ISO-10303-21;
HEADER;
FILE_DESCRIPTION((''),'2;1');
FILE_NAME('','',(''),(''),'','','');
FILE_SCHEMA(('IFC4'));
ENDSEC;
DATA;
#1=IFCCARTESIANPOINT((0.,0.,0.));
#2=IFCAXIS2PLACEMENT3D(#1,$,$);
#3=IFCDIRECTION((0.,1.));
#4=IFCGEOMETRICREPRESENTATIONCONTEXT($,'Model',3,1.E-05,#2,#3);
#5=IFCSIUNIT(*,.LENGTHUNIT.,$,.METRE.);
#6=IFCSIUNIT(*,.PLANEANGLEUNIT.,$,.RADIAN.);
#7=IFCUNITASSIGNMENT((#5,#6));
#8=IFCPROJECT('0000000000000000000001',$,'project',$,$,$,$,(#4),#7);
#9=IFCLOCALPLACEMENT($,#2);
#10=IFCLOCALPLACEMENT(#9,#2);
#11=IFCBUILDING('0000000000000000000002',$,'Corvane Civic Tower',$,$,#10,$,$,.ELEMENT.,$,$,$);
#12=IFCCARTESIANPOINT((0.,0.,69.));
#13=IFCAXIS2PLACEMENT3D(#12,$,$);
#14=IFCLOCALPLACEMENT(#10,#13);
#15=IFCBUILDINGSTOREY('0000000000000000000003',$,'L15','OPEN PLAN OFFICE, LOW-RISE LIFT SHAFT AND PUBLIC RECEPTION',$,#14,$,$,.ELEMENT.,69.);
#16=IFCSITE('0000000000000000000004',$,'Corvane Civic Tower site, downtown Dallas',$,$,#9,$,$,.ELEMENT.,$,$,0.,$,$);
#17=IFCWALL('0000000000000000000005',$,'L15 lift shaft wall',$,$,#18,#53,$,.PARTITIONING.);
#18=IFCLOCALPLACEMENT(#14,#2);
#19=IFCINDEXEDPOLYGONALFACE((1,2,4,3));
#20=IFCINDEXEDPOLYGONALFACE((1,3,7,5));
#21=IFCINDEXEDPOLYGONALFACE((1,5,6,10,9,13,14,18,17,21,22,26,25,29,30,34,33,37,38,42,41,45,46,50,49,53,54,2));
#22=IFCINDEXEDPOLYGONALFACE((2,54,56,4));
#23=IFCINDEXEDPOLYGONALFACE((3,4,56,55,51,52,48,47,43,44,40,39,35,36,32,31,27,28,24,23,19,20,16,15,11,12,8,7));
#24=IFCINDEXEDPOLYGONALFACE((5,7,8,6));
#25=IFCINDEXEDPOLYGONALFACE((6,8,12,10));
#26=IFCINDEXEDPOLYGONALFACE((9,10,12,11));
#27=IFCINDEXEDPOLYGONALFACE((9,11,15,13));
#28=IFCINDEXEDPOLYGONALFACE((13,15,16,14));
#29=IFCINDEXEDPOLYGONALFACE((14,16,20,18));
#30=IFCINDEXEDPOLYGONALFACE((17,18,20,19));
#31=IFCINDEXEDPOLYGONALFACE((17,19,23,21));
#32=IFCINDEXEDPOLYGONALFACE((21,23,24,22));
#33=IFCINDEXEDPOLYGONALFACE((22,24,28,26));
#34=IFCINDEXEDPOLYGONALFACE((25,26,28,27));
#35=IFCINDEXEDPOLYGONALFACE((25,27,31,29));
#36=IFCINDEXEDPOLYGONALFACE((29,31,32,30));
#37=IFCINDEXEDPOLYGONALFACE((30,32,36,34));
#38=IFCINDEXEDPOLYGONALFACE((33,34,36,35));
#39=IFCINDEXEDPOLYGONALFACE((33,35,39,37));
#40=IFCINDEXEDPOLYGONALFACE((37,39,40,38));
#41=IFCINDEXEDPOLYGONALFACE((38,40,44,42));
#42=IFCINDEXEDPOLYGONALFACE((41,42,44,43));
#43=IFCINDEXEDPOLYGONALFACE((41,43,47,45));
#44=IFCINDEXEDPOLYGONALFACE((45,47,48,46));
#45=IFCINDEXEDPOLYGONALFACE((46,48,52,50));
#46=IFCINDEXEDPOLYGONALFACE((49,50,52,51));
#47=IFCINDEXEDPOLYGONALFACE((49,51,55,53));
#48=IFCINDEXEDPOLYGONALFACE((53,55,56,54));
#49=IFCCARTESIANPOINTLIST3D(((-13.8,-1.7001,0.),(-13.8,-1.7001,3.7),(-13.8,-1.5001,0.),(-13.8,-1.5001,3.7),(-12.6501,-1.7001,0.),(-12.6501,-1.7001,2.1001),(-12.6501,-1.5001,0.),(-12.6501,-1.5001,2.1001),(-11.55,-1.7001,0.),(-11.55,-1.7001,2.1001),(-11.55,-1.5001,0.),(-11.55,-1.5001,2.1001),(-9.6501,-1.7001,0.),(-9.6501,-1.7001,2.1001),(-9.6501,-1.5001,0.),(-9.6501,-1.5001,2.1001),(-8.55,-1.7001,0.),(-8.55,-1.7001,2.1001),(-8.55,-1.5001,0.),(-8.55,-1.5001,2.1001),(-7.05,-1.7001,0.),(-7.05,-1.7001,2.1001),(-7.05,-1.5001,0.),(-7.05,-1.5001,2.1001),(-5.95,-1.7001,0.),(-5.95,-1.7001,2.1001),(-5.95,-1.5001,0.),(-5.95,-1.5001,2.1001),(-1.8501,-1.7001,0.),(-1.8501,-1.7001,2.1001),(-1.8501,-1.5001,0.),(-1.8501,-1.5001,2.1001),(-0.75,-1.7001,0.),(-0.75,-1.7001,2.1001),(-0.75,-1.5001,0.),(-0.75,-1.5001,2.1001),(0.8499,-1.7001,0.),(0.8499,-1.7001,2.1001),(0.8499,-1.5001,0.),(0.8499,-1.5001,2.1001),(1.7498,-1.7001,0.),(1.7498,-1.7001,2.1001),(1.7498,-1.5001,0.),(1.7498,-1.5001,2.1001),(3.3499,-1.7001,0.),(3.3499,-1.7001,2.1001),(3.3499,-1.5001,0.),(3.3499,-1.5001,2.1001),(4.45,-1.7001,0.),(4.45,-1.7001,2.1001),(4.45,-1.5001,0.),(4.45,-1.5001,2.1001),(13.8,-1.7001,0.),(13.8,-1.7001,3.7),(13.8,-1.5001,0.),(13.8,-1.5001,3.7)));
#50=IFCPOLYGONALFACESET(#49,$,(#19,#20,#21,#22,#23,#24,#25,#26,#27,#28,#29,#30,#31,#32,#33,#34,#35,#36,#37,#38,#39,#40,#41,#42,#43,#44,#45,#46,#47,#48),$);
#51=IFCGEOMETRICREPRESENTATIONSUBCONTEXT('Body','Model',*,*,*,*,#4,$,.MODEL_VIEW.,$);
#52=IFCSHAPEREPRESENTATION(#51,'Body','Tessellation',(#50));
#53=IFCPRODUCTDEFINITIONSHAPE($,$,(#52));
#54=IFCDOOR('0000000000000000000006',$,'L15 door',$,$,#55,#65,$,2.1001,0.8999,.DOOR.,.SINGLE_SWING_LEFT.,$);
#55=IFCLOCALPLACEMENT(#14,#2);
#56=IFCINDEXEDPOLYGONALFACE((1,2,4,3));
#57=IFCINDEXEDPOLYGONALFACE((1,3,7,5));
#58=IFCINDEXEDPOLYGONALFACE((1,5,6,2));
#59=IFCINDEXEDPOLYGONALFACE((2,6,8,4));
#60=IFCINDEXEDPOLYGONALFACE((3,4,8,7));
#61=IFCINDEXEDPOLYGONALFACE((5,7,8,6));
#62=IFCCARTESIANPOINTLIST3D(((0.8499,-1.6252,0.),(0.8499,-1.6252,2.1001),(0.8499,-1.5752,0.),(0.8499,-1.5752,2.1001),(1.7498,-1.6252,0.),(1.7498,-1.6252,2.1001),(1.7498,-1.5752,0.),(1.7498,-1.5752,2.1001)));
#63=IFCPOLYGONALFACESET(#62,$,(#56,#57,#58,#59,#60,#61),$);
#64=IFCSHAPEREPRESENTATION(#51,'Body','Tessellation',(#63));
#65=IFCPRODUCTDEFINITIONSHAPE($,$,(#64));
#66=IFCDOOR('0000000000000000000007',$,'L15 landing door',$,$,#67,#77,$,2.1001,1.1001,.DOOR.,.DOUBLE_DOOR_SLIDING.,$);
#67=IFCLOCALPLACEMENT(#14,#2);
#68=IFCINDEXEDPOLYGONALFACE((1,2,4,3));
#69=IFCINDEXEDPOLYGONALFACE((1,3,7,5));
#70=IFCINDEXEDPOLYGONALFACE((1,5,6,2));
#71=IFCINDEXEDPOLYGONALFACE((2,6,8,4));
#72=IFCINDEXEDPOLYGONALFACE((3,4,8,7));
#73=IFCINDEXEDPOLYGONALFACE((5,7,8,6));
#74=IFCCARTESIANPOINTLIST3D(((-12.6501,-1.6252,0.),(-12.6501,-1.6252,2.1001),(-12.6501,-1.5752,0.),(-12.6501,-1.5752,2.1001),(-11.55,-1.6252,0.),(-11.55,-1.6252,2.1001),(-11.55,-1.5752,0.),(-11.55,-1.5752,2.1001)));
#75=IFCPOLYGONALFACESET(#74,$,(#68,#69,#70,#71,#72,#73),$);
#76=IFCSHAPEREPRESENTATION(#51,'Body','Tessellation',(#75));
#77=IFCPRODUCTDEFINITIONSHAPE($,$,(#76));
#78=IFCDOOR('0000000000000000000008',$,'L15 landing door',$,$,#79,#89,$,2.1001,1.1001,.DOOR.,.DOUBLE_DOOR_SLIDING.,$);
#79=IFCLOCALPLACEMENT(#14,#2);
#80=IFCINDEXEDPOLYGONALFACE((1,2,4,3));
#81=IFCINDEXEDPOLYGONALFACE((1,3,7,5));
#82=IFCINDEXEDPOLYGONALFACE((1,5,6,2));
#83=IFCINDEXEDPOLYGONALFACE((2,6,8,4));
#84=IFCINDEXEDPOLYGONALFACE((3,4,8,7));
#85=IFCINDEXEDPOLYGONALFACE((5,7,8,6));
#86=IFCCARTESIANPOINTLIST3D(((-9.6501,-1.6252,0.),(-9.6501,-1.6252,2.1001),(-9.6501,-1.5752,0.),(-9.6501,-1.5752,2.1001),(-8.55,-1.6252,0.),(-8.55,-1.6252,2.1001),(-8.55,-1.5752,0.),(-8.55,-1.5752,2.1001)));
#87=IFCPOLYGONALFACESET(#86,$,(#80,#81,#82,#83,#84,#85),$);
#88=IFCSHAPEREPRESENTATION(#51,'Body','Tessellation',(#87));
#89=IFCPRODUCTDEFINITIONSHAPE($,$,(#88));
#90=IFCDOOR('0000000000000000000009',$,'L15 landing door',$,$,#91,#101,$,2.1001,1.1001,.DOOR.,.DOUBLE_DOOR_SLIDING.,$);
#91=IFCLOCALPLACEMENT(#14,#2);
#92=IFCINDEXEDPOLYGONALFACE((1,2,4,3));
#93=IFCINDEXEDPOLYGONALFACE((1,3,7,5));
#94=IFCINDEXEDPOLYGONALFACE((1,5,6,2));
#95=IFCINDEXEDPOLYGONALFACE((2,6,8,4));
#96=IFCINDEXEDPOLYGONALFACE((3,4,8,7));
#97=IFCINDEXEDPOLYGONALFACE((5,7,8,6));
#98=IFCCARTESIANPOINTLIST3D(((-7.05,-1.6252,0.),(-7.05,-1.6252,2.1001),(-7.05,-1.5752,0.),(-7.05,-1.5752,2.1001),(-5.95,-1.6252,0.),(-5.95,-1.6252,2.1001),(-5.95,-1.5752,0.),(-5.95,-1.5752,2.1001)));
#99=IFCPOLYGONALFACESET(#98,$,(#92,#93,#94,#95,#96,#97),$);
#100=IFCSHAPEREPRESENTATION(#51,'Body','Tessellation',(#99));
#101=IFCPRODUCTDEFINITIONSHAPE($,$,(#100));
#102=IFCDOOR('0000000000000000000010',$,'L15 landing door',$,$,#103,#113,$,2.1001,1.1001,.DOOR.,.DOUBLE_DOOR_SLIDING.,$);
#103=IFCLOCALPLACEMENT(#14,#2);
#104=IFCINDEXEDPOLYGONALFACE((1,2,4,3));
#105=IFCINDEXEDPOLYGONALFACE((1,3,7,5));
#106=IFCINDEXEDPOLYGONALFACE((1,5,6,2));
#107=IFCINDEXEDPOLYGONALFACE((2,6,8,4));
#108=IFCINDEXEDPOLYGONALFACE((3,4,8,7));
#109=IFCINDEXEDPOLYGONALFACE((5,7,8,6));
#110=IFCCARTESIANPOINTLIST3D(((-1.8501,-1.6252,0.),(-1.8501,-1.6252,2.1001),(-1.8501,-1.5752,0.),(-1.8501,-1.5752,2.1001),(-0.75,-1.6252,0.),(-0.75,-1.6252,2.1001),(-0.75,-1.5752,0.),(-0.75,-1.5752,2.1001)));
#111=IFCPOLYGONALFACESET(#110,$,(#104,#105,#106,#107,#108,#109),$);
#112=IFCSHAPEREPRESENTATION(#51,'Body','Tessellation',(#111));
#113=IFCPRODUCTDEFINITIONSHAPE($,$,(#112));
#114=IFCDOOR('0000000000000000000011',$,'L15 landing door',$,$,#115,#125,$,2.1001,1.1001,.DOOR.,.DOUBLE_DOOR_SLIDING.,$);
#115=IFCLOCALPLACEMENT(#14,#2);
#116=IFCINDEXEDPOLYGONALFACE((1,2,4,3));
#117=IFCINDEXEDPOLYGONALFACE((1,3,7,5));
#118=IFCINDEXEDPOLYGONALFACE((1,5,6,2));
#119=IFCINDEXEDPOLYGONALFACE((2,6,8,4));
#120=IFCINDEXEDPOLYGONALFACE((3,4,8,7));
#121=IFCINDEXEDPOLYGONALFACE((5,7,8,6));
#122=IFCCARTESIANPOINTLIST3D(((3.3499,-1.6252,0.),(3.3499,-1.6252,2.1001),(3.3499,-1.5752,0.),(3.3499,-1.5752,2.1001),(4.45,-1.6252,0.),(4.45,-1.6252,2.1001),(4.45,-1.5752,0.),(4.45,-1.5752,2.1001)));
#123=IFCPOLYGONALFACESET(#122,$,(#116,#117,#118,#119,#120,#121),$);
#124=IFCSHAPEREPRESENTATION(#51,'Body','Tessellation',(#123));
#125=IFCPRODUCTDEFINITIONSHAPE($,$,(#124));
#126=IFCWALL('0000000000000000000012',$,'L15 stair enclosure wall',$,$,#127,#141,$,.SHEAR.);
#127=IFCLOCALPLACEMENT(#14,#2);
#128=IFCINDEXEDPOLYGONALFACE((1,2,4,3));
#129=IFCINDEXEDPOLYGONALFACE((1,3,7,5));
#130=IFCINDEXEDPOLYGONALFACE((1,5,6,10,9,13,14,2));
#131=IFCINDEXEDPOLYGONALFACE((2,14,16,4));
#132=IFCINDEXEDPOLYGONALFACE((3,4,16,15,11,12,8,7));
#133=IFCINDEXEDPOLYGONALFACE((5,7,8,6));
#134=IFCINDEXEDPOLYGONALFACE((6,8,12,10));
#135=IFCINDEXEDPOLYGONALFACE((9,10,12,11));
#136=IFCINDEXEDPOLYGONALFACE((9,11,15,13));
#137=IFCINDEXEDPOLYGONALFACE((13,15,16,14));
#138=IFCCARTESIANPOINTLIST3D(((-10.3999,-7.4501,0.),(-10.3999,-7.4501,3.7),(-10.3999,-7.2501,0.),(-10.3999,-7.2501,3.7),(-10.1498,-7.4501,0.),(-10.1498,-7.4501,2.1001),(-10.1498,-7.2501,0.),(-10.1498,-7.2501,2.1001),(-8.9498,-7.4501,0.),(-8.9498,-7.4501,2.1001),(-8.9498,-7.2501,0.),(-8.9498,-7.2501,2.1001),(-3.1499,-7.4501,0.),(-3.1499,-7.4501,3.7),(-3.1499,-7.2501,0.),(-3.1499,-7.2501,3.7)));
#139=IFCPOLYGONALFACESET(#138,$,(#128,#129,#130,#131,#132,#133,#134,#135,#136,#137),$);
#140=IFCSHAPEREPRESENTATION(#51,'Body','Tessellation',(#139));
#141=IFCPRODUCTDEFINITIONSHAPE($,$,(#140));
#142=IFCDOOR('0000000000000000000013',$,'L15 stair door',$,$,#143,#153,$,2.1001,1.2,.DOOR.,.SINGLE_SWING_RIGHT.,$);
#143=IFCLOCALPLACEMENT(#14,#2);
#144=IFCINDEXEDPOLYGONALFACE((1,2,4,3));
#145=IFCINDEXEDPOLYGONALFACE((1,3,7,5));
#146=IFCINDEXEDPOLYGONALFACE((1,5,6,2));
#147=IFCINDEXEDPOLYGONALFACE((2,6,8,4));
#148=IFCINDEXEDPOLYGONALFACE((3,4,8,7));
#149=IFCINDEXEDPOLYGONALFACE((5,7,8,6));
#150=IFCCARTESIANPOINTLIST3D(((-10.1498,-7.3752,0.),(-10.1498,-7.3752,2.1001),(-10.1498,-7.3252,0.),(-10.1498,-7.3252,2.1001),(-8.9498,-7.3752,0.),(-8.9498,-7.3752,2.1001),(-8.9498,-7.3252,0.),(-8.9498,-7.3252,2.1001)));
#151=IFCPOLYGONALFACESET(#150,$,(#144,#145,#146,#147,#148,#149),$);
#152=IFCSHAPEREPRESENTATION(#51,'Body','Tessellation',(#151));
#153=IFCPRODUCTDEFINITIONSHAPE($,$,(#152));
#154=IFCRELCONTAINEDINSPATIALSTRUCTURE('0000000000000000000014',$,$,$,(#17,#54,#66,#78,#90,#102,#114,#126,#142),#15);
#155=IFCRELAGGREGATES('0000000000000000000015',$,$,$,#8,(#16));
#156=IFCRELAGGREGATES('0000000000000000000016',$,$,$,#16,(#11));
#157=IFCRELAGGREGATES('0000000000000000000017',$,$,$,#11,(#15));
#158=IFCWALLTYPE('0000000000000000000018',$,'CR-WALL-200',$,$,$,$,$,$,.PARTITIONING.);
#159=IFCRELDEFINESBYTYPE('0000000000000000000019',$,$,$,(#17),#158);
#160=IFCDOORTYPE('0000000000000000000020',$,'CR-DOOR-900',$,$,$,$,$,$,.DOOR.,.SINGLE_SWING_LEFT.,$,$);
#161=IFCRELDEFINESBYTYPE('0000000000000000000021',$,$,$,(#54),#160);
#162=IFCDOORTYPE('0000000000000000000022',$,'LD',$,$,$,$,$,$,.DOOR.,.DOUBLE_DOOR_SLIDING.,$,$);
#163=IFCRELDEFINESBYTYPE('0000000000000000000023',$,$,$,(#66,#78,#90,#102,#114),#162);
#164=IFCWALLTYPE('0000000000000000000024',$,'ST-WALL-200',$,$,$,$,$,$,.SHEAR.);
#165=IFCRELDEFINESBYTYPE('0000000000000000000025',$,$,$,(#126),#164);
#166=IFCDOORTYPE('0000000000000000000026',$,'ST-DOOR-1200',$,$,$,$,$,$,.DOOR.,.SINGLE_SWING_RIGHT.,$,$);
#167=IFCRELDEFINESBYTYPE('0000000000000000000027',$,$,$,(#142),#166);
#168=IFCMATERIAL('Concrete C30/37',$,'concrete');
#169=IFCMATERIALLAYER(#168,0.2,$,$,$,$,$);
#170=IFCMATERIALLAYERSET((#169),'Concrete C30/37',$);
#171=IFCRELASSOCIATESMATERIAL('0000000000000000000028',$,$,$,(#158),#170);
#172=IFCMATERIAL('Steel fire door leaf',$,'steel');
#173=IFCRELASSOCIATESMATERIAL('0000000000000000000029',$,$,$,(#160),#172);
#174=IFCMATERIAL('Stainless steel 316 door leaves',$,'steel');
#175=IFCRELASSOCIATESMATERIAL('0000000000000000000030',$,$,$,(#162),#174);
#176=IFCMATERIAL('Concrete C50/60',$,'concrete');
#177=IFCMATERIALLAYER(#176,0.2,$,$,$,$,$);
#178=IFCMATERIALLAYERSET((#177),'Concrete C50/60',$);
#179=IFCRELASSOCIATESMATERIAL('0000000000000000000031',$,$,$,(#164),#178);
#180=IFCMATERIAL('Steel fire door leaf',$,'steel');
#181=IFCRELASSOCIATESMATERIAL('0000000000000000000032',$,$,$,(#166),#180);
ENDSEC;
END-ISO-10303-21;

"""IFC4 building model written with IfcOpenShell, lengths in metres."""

from ifc_helpers import new_model, si_unit, direction, frame, frame_2d, origin, place, context, subcontext, project, spatial, rectangle, extrude, material, layer, layer_set, type_object, element, fill, save


model = new_model("IFC4")

# Units and contexts
model_context = context("Model", 3, precision=1e-05, world=origin(), true_north=direction((0.0, 1.0)))
body_context = subcontext(model_context, "Body", "Model", "MODEL_VIEW")
ifc_project = project(units=[si_unit("LENGTHUNIT", "METRE"), si_unit("PLANEANGLEUNIT", "RADIAN")], contexts=[model_context])

# Site, building, storey
site_placement = place(None, origin())
site = spatial("IfcSite", under=ifc_project, at=site_placement, Name="Corvane Civic Tower site, downtown Dallas", CompositionType="ELEMENT", RefElevation=0.0)
building_placement = place(site_placement, origin())
building = spatial("IfcBuilding", under=site, at=building_placement, Name="Corvane Civic Tower", CompositionType="ELEMENT")
storey_placement = place(building_placement, frame((0.0, 0.0, 69.0)))
storey = spatial("IfcBuildingStorey", under=building, at=storey_placement, Name="L15", Description="OPEN PLAN OFFICE, LOW-RISE LIFT SHAFT AND PUBLIC RECEPTION", CompositionType="ELEMENT", Elevation=69.0)

# Wall, openings, doors
ifc_material_1 = material(Name="Concrete C30/37", Category="concrete")
ifc_layer_1 = layer(ifc_material_1, 0.2)
ifc_layer_set_1 = layer_set([ifc_layer_1], Name="Concrete C30/37")
wall_type_1 = type_object("IfcWallType", Name="CR-WALL-200", PredefinedType="PARTITIONING", material=ifc_layer_set_1)
ifc_material_2 = material(Name="Steel fire door leaf", Category="steel")
door_type_1 = type_object("IfcDoorType", Name="CR-DOOR-900", OperationType="SINGLE_SWING_LEFT", PredefinedType="DOOR", material=ifc_material_2)
wall_1_placement = place(storey_placement, frame((-13.8, -1.6001, 0.0), z_axis=(0.0, 0.0, 1.0), x_axis=(1.0, 0.0, 0.0)))
wall_1 = element("IfcWall", 1, at=wall_1_placement, inside=storey, type_object=wall_type_1, Name="L15 lift shaft wall", PredefinedType="PARTITIONING", context=body_context, shape_type="SweptSolid", body=[
    extrude(rectangle(XDim=27.6001, YDim=0.2, at=frame_2d((13.8, 0.0))), origin(), (0.0, 0.0, 1.0), 3.7),
])
opening_1_placement = place(wall_1_placement, frame((1.1499, 0.0, 0.0)))
opening_1 = element("IfcOpeningElement", 2, at=opening_1_placement, cuts=wall_1, PredefinedType="OPENING", context=body_context, shape_type="SweptSolid", body=[
    extrude(rectangle(XDim=1.1001, YDim=2.1001, at=frame_2d((0.55, 1.05))), frame((0.0, 0.1099, 0.0), z_axis=(0.0, -1.0, 0.0), x_axis=(1.0, 0.0, 0.0)), (0.0, 0.0, 1.0), 0.22),
])
opening_2_placement = place(wall_1_placement, frame((4.1499, 0.0, 0.0)))
opening_2 = element("IfcOpeningElement", 3, at=opening_2_placement, cuts=wall_1, PredefinedType="OPENING", context=body_context, shape_type="SweptSolid", body=[
    extrude(rectangle(XDim=1.1001, YDim=2.1001, at=frame_2d((0.55, 1.05))), frame((0.0, 0.1099, 0.0), z_axis=(0.0, -1.0, 0.0), x_axis=(1.0, 0.0, 0.0)), (0.0, 0.0, 1.0), 0.22),
])
opening_3_placement = place(wall_1_placement, frame((6.75, 0.0, 0.0)))
opening_3 = element("IfcOpeningElement", 4, at=opening_3_placement, cuts=wall_1, PredefinedType="OPENING", context=body_context, shape_type="SweptSolid", body=[
    extrude(rectangle(XDim=1.1001, YDim=2.1001, at=frame_2d((0.55, 1.05))), frame((0.0, 0.1099, 0.0), z_axis=(0.0, -1.0, 0.0), x_axis=(1.0, 0.0, 0.0)), (0.0, 0.0, 1.0), 0.22),
])
opening_4_placement = place(wall_1_placement, frame((11.95, 0.0, 0.0)))
opening_4 = element("IfcOpeningElement", 5, at=opening_4_placement, cuts=wall_1, PredefinedType="OPENING", context=body_context, shape_type="SweptSolid", body=[
    extrude(rectangle(XDim=1.1001, YDim=2.1001, at=frame_2d((0.55, 1.05))), frame((0.0, 0.1099, 0.0), z_axis=(0.0, -1.0, 0.0), x_axis=(1.0, 0.0, 0.0)), (0.0, 0.0, 1.0), 0.22),
])
opening_5_placement = place(wall_1_placement, frame((14.6499, 0.0, 0.0)))
opening_5 = element("IfcOpeningElement", 6, at=opening_5_placement, cuts=wall_1, PredefinedType="OPENING", context=body_context, shape_type="SweptSolid", body=[
    extrude(rectangle(XDim=0.8999, YDim=2.1001, at=frame_2d((0.45, 1.05))), frame((0.0, 0.1099, 0.0), z_axis=(0.0, -1.0, 0.0), x_axis=(1.0, 0.0, 0.0)), (0.0, 0.0, 1.0), 0.22),
])
opening_6_placement = place(wall_1_placement, frame((17.1499, 0.0, 0.0)))
opening_6 = element("IfcOpeningElement", 7, at=opening_6_placement, cuts=wall_1, PredefinedType="OPENING", context=body_context, shape_type="SweptSolid", body=[
    extrude(rectangle(XDim=1.1001, YDim=2.1001, at=frame_2d((0.55, 1.05))), frame((0.0, 0.1099, 0.0), z_axis=(0.0, -1.0, 0.0), x_axis=(1.0, 0.0, 0.0)), (0.0, 0.0, 1.0), 0.22),
])
door_1_placement = place(opening_5_placement, origin())
door_1 = element("IfcDoor", 8, at=door_1_placement, inside=storey, type_object=door_type_1, Name="L15 door", OperationType="SINGLE_SWING_LEFT", OverallHeight=2.1001, OverallWidth=0.8999, PredefinedType="DOOR", context=body_context, shape_type="SweptSolid", body=[
    extrude(rectangle(XDim=0.8999, YDim=2.1001, at=frame_2d((0.45, 1.05))), frame((0.0, 0.0249, 0.0), z_axis=(0.0, -1.0, 0.0), x_axis=(1.0, 0.0, 0.0)), (0.0, 0.0, 1.0), 0.05),
])
fill(opening_5, door_1)
ifc_material_3 = material(Name="Stainless steel 316 door leaves", Category="steel")
door_type_2 = type_object("IfcDoorType", Name="LD", OperationType="DOUBLE_DOOR_SLIDING", PredefinedType="DOOR", material=ifc_material_3)
door_2_placement = place(opening_1_placement, origin())
door_2 = element("IfcDoor", 9, at=door_2_placement, inside=storey, type_object=door_type_2, Name="L15 landing door", OperationType="DOUBLE_DOOR_SLIDING", OverallHeight=2.1001, OverallWidth=1.1001, PredefinedType="DOOR", context=body_context, shape_type="SweptSolid", body=[
    extrude(rectangle(XDim=1.1001, YDim=2.1001, at=frame_2d((0.55, 1.05))), frame((0.0, 0.0249, 0.0), z_axis=(0.0, -1.0, 0.0), x_axis=(1.0, 0.0, 0.0)), (0.0, 0.0, 1.0), 0.05),
])
fill(opening_1, door_2)
door_3_placement = place(opening_2_placement, origin())
door_3 = element("IfcDoor", 10, at=door_3_placement, inside=storey, type_object=door_type_2, Name="L15 landing door", OperationType="DOUBLE_DOOR_SLIDING", OverallHeight=2.1001, OverallWidth=1.1001, PredefinedType="DOOR", context=body_context, shape_type="SweptSolid", body=[
    extrude(rectangle(XDim=1.1001, YDim=2.1001, at=frame_2d((0.55, 1.05))), frame((0.0, 0.0249, 0.0), z_axis=(0.0, -1.0, 0.0), x_axis=(1.0, 0.0, 0.0)), (0.0, 0.0, 1.0), 0.05),
])
fill(opening_2, door_3)
door_4_placement = place(opening_3_placement, origin())
door_4 = element("IfcDoor", 11, at=door_4_placement, inside=storey, type_object=door_type_2, Name="L15 landing door", OperationType="DOUBLE_DOOR_SLIDING", OverallHeight=2.1001, OverallWidth=1.1001, PredefinedType="DOOR", context=body_context, shape_type="SweptSolid", body=[
    extrude(rectangle(XDim=1.1001, YDim=2.1001, at=frame_2d((0.55, 1.05))), frame((0.0, 0.0249, 0.0), z_axis=(0.0, -1.0, 0.0), x_axis=(1.0, 0.0, 0.0)), (0.0, 0.0, 1.0), 0.05),
])
fill(opening_3, door_4)
door_5_placement = place(opening_4_placement, origin())
door_5 = element("IfcDoor", 12, at=door_5_placement, inside=storey, type_object=door_type_2, Name="L15 landing door", OperationType="DOUBLE_DOOR_SLIDING", OverallHeight=2.1001, OverallWidth=1.1001, PredefinedType="DOOR", context=body_context, shape_type="SweptSolid", body=[
    extrude(rectangle(XDim=1.1001, YDim=2.1001, at=frame_2d((0.55, 1.05))), frame((0.0, 0.0249, 0.0), z_axis=(0.0, -1.0, 0.0), x_axis=(1.0, 0.0, 0.0)), (0.0, 0.0, 1.0), 0.05),
])
fill(opening_4, door_5)
door_6_placement = place(opening_6_placement, origin())
door_6 = element("IfcDoor", 13, at=door_6_placement, inside=storey, type_object=door_type_2, Name="L15 landing door", OperationType="DOUBLE_DOOR_SLIDING", OverallHeight=2.1001, OverallWidth=1.1001, PredefinedType="DOOR", context=body_context, shape_type="SweptSolid", body=[
    extrude(rectangle(XDim=1.1001, YDim=2.1001, at=frame_2d((0.55, 1.05))), frame((0.0, 0.0249, 0.0), z_axis=(0.0, -1.0, 0.0), x_axis=(1.0, 0.0, 0.0)), (0.0, 0.0, 1.0), 0.05),
])
fill(opening_6, door_6)

# Wall, opening, door
ifc_material_4 = material(Name="Concrete C50/60", Category="concrete")
ifc_layer_2 = layer(ifc_material_4, 0.2)
ifc_layer_set_2 = layer_set([ifc_layer_2], Name="Concrete C50/60")
wall_type_2 = type_object("IfcWallType", Name="ST-WALL-200", PredefinedType="SHEAR", material=ifc_layer_set_2)
wall_2_placement = place(storey_placement, frame((-10.3999, -7.3501, 0.0), z_axis=(0.0, 0.0, 1.0), x_axis=(1.0, 0.0, 0.0)))
wall_2 = element("IfcWall", 14, at=wall_2_placement, inside=storey, type_object=wall_type_2, Name="L15 stair enclosure wall", PredefinedType="SHEAR", context=body_context, shape_type="SweptSolid", body=[
    extrude(rectangle(XDim=7.25, YDim=0.2, at=frame_2d((3.625, 0.0))), origin(), (0.0, 0.0, 1.0), 3.7),
])
opening_7_placement = place(wall_2_placement, frame((0.25, 0.0, 0.0)))
opening_7 = element("IfcOpeningElement", 15, at=opening_7_placement, cuts=wall_2, PredefinedType="OPENING", context=body_context, shape_type="SweptSolid", body=[
    extrude(rectangle(XDim=1.2, YDim=2.1001, at=frame_2d((0.6001, 1.05))), frame((0.0, 0.1099, 0.0), z_axis=(0.0, -1.0, 0.0), x_axis=(1.0, 0.0, 0.0)), (0.0, 0.0, 1.0), 0.22),
])
ifc_material_5 = material(Name="Steel fire door leaf", Category="steel")
door_type_3 = type_object("IfcDoorType", Name="ST-DOOR-1200", OperationType="SINGLE_SWING_RIGHT", PredefinedType="DOOR", material=ifc_material_5)
door_7_placement = place(opening_7_placement, origin())
door_7 = element("IfcDoor", 16, at=door_7_placement, inside=storey, type_object=door_type_3, Name="L15 stair door", OperationType="SINGLE_SWING_RIGHT", OverallHeight=2.1001, OverallWidth=1.2, PredefinedType="DOOR", context=body_context, shape_type="SweptSolid", body=[
    extrude(rectangle(XDim=1.2, YDim=2.1001, at=frame_2d((0.6001, 1.05))), frame((0.0, 0.0249, 0.0), z_axis=(0.0, -1.0, 0.0), x_axis=(1.0, 0.0, 0.0)), (0.0, 0.0, 1.0), 0.05),
])
fill(opening_7, door_7)

save(model, "model.ifc")
